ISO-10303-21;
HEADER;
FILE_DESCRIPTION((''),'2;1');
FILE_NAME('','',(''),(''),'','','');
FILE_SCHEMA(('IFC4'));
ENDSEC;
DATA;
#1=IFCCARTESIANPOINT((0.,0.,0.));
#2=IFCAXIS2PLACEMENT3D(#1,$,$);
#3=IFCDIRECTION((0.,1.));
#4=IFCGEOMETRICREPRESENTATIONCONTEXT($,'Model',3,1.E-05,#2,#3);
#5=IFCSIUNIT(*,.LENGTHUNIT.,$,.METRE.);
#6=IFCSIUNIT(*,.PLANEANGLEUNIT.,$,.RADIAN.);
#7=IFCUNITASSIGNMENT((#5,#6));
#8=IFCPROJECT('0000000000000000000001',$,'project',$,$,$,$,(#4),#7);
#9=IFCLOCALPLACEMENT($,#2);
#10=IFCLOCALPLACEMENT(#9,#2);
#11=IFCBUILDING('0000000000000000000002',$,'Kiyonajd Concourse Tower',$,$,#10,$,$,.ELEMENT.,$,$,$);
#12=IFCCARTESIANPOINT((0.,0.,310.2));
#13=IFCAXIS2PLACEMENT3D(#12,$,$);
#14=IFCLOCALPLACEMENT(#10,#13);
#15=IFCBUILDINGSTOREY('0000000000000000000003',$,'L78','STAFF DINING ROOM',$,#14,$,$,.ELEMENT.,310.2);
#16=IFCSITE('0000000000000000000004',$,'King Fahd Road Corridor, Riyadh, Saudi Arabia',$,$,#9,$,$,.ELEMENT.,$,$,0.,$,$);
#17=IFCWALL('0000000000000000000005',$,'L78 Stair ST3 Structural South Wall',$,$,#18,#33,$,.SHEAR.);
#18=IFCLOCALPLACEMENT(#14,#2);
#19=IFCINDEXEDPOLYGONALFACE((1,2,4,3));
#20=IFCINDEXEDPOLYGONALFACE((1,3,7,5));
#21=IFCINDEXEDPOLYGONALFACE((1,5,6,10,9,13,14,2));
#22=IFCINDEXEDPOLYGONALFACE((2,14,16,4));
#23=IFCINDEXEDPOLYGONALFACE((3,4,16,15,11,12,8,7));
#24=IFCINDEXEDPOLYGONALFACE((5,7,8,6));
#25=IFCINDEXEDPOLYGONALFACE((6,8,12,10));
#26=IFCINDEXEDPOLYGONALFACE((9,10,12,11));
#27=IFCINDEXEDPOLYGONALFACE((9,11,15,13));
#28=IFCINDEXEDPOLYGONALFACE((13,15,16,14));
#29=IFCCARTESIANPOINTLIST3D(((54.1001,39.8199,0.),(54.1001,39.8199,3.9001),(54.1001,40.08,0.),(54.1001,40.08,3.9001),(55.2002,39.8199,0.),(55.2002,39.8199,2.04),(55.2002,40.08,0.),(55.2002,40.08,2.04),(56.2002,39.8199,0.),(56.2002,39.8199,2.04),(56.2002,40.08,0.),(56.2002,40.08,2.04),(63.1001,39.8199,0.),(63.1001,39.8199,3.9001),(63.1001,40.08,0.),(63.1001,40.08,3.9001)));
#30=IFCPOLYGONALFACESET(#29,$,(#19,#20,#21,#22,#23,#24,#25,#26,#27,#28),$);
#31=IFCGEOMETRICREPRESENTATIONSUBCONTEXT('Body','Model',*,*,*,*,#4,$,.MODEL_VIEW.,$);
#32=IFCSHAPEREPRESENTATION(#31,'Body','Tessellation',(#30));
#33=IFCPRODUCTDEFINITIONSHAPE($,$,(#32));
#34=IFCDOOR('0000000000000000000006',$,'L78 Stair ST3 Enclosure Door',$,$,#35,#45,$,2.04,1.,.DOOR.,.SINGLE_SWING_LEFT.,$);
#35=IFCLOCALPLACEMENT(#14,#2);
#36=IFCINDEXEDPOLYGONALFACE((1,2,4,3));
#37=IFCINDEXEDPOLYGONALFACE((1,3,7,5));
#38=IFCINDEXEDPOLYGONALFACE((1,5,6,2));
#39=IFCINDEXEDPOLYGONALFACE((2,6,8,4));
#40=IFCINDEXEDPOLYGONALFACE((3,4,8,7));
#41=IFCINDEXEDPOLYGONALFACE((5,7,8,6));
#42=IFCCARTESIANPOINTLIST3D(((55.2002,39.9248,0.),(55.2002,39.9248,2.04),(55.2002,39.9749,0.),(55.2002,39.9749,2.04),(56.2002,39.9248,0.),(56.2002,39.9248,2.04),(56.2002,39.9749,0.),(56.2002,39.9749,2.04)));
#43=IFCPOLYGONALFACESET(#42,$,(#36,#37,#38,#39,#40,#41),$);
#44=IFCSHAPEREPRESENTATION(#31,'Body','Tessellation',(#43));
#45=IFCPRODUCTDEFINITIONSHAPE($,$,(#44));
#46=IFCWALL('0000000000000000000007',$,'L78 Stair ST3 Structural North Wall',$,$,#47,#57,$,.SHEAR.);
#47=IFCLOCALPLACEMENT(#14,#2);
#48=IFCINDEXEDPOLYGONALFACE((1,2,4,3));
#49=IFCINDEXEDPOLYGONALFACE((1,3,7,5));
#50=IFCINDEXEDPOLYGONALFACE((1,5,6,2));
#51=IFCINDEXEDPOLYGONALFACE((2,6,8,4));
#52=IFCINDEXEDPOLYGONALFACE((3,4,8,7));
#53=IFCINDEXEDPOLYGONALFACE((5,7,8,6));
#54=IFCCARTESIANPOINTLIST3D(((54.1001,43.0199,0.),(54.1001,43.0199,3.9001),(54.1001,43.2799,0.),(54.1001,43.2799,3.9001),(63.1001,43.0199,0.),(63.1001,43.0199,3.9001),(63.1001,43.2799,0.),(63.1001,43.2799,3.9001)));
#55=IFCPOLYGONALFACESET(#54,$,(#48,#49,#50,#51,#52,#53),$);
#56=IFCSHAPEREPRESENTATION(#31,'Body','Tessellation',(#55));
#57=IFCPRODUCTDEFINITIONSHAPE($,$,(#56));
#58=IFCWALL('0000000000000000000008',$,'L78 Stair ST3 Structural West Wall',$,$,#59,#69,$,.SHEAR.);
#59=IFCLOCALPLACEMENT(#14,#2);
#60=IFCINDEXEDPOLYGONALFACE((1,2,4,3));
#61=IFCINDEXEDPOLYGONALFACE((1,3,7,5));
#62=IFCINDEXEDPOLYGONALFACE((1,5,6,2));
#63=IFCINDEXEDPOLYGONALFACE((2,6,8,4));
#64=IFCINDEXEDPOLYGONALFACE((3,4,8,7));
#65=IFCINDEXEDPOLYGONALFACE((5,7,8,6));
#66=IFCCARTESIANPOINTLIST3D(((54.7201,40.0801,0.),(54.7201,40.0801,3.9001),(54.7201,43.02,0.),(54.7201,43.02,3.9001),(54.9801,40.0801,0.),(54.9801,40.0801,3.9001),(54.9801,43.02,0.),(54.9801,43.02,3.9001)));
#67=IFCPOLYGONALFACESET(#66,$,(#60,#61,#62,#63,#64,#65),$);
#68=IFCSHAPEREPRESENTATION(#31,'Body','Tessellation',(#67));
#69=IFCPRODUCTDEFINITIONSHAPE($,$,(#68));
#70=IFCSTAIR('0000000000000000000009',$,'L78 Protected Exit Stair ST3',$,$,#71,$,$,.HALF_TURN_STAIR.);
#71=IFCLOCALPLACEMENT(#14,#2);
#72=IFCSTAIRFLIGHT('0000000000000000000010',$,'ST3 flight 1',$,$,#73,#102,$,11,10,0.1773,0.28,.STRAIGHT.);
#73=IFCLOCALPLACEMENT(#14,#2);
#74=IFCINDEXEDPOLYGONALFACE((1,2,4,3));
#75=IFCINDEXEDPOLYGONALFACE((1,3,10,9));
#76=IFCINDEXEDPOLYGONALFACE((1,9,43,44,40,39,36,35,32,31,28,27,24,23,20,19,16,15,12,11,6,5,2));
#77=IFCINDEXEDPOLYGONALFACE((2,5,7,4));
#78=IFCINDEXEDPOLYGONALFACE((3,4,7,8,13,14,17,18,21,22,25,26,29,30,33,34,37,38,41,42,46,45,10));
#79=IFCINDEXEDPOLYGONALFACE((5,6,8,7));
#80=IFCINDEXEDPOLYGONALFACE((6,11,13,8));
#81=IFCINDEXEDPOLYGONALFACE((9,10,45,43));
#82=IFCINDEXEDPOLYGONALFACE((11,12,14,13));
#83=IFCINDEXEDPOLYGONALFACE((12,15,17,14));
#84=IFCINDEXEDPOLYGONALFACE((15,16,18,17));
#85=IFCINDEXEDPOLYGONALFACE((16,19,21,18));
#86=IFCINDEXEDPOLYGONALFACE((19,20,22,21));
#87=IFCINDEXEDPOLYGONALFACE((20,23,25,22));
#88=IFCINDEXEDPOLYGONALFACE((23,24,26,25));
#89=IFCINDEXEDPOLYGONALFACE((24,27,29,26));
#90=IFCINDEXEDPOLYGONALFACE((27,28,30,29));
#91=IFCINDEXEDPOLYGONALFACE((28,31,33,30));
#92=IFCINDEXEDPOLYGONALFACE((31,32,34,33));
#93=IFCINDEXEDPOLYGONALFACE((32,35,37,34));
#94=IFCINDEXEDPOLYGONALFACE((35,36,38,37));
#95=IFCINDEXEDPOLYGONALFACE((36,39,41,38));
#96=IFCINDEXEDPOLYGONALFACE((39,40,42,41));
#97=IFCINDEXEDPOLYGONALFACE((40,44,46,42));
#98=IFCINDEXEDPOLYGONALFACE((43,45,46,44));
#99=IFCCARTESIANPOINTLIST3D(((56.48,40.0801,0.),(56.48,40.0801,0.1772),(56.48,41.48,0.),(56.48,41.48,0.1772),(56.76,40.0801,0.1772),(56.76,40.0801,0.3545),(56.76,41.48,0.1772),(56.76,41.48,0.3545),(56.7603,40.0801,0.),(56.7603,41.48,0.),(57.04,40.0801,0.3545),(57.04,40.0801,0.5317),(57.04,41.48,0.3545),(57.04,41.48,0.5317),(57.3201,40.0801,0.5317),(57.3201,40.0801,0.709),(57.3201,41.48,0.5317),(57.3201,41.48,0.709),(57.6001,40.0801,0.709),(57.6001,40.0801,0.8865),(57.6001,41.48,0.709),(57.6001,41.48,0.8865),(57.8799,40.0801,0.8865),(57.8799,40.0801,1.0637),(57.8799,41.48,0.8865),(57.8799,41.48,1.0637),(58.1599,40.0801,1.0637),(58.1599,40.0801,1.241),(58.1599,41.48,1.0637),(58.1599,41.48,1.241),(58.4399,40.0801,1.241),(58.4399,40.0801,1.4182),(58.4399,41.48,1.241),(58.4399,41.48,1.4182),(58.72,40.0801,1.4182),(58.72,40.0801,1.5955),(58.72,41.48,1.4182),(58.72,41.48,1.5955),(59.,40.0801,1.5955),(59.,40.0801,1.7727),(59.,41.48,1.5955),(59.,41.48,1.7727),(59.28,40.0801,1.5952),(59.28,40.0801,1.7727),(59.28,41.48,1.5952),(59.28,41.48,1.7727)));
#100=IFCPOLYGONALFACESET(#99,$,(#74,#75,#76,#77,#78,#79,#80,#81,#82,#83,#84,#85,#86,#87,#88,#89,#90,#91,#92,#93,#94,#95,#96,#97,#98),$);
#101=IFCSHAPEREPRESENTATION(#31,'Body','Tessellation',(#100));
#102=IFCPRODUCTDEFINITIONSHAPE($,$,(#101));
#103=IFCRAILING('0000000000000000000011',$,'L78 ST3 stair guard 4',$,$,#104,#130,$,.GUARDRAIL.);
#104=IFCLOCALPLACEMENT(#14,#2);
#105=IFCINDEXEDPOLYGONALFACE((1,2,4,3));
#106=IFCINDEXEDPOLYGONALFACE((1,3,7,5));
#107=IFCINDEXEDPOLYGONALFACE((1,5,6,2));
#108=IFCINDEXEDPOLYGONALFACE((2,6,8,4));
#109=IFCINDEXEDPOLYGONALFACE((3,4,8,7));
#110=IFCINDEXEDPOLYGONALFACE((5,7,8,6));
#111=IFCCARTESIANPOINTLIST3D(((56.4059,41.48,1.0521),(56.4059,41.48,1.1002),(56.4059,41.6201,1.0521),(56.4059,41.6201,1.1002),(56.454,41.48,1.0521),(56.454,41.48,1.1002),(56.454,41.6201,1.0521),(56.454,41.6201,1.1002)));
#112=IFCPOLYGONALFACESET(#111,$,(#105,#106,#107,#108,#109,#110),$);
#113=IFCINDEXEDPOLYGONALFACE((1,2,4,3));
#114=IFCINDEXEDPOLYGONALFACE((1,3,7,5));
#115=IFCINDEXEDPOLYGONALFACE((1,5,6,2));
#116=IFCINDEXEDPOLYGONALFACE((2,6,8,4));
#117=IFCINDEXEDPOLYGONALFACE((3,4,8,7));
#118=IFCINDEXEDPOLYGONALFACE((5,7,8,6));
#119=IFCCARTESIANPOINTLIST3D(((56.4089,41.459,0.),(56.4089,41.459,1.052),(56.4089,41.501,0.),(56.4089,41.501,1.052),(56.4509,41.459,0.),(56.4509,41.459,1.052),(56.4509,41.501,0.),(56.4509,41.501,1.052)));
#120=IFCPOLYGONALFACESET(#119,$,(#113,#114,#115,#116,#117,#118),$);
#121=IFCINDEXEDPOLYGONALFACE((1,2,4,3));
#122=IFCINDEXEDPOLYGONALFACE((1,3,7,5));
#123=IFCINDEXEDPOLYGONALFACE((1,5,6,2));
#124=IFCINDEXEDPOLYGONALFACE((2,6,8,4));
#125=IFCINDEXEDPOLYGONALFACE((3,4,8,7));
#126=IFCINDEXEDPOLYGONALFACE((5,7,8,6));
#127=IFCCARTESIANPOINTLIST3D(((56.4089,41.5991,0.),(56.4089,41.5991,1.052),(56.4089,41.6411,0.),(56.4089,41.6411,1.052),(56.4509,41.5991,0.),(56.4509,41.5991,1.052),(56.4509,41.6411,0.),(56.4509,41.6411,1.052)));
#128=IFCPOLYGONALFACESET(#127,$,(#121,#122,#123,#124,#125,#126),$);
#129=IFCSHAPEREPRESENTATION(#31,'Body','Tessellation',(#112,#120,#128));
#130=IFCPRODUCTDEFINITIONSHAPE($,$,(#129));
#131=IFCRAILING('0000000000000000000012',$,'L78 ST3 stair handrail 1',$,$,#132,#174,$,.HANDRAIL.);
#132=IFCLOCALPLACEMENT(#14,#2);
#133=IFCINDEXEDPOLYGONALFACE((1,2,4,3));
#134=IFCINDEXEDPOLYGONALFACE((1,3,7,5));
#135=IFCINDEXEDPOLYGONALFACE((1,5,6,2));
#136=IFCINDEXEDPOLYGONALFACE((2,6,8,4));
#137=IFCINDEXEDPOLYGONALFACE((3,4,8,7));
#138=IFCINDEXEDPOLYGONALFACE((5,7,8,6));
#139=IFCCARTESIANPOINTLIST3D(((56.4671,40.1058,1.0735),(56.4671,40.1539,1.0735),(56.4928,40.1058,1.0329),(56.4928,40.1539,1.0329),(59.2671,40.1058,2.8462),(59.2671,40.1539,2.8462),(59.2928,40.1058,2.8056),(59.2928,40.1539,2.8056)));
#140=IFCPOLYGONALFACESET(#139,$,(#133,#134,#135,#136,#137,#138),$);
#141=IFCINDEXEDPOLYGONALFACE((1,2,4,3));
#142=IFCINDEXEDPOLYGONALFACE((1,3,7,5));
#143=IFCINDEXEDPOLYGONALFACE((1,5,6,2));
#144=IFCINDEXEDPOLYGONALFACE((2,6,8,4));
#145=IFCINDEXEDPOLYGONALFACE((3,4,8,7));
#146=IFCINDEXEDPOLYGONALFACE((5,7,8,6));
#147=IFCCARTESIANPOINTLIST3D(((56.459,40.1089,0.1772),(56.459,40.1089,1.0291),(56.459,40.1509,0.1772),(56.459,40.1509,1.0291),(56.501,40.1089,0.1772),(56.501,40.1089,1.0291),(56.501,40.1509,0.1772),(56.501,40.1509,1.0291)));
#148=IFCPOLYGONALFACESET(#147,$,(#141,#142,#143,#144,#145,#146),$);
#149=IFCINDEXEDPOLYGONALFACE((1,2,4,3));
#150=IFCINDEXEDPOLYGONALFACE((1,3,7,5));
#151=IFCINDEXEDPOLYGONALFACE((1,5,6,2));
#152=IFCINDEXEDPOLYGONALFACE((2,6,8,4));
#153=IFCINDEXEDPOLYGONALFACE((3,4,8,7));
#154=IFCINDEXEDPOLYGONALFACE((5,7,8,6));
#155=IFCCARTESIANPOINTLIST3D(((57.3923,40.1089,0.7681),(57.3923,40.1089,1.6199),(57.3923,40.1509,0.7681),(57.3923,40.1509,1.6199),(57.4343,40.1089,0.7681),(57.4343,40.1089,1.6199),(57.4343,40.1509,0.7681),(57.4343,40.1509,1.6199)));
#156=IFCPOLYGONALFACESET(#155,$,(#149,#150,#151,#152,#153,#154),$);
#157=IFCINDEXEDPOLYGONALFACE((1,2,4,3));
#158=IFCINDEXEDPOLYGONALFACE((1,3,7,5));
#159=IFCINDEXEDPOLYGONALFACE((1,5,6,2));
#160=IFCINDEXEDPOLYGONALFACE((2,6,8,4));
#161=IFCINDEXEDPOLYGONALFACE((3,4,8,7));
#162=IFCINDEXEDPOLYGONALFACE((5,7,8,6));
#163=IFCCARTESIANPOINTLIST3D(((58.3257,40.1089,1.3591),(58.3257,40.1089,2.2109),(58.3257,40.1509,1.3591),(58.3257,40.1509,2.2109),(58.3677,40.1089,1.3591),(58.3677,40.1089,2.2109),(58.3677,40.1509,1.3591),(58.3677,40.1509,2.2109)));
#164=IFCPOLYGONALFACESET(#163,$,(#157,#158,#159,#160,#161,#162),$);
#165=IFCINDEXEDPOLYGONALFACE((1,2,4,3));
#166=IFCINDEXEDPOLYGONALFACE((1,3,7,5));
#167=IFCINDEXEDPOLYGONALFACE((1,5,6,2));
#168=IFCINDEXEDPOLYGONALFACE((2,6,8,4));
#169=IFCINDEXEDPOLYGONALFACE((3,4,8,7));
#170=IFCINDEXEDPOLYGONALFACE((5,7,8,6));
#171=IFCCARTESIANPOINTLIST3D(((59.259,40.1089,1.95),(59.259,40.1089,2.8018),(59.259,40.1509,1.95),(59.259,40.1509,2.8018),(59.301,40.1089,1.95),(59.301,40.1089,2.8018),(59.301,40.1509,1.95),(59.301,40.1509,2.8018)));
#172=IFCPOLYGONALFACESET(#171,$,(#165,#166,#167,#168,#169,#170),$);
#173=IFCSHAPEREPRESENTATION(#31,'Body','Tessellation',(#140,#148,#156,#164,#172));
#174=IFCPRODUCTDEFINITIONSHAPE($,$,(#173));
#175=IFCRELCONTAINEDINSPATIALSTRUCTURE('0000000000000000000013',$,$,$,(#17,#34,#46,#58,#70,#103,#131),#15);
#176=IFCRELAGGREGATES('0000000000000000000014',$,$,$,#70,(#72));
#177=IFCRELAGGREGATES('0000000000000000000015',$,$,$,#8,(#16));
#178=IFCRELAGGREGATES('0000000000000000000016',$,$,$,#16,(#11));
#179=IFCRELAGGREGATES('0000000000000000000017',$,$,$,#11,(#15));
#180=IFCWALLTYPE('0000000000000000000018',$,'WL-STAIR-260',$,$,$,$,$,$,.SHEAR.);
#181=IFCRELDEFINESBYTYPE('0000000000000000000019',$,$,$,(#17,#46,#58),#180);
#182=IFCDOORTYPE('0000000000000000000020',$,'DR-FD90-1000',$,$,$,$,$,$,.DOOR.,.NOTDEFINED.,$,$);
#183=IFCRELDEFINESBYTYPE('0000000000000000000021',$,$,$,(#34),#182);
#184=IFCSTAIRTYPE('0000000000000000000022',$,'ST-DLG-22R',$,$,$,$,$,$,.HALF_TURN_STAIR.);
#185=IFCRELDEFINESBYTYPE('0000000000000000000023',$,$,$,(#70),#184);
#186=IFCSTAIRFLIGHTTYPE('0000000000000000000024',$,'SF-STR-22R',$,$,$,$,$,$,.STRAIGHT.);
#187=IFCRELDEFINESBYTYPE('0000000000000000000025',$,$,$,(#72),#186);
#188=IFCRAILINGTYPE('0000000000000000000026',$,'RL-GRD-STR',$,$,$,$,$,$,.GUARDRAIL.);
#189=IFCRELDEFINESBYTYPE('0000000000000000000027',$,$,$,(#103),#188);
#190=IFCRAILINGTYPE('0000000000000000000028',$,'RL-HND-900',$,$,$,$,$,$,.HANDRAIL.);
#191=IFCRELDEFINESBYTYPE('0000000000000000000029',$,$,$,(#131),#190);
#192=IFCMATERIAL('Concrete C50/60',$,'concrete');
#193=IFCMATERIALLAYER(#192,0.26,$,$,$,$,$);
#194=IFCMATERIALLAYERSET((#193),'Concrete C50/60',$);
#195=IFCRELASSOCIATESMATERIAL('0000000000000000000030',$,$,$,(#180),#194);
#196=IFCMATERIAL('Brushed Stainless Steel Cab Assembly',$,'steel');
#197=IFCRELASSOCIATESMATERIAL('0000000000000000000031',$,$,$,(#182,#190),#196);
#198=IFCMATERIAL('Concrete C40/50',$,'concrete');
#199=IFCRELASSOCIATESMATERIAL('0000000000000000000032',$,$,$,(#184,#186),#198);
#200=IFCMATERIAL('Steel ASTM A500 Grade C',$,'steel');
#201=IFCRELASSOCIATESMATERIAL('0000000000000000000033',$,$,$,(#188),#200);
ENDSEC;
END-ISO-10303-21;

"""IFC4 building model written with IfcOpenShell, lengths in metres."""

from ifc_helpers import new_model, si_unit, direction, frame, frame_2d, origin, origin_2d, place, context, subcontext, project, spatial, polyline, rectangle, outline, extrude, material, layer, layer_set, type_object, element, fill, aggregate, save


model = new_model("IFC4")

# Units and contexts
model_context = context("Model", 3, precision=1e-05, world=origin(), true_north=direction((0.0, 1.0)))
body_context = subcontext(model_context, "Body", "Model", "MODEL_VIEW")
ifc_project = project(units=[si_unit("LENGTHUNIT", "METRE"), si_unit("PLANEANGLEUNIT", "RADIAN")], contexts=[model_context])

# Site, building, storey
site_placement = place(None, origin())
site = spatial("IfcSite", under=ifc_project, at=site_placement, Name="King Fahd Road Corridor, Riyadh, Saudi Arabia", CompositionType="ELEMENT", RefElevation=0.0)
building_placement = place(site_placement, origin())
building = spatial("IfcBuilding", under=site, at=building_placement, Name="Kiyonajd Concourse Tower", CompositionType="ELEMENT")
storey_placement = place(building_placement, frame((0.0, 0.0, 310.2)))
storey = spatial("IfcBuildingStorey", under=building, at=storey_placement, Name="L78", Description="STAFF DINING ROOM", CompositionType="ELEMENT", Elevation=310.2)

# Shared definitions
ifc_material_1 = material(Name="Concrete C50/60", Category="concrete")

# Wall, opening, door
ifc_layer_1 = layer(ifc_material_1, 0.26)
ifc_layer_set_1 = layer_set([ifc_layer_1], Name="Concrete C50/60")
wall_type_1 = type_object("IfcWallType", Name="WL-STAIR-260", PredefinedType="SHEAR", material=ifc_layer_set_1)
wall_1_placement = place(storey_placement, frame((54.1001, 39.95, 0.0), z_axis=(0.0, 0.0, 1.0), x_axis=(1.0, 0.0, 0.0)))
wall_1 = element("IfcWall", 1, at=wall_1_placement, inside=storey, type_object=wall_type_1, Name="L78 Stair ST3 Structural South Wall", PredefinedType="SHEAR", context=body_context, shape_type="SweptSolid", body=[
    extrude(rectangle(XDim=9.0, YDim=0.26, at=frame_2d((4.5, 0.0))), origin(), (0.0, 0.0, 1.0), 3.9001),
])
opening_1_placement = place(wall_1_placement, frame((1.1001, 0.0, 0.0)))
opening_1 = element("IfcOpeningElement", 2, at=opening_1_placement, cuts=wall_1, PredefinedType="OPENING", context=body_context, shape_type="SweptSolid", body=[
    extrude(rectangle(XDim=1.0, YDim=2.04, at=frame_2d((0.5, 1.02))), frame((0.0, 0.1399, 0.0), z_axis=(0.0, -1.0, 0.0), x_axis=(1.0, 0.0, 0.0)), (0.0, 0.0, 1.0), 0.28),
])
ifc_material_2 = material(Name="Brushed Stainless Steel Cab Assembly", Category="steel")
door_type_1 = type_object("IfcDoorType", Name="DR-FD90-1000", OperationType="NOTDEFINED", PredefinedType="DOOR", material=ifc_material_2)
door_1_placement = place(opening_1_placement, origin())
door_1 = element("IfcDoor", 3, at=door_1_placement, inside=storey, type_object=door_type_1, Name="L78 Stair ST3 Enclosure Door", OperationType="SINGLE_SWING_LEFT", OverallHeight=2.04, OverallWidth=1.0, PredefinedType="DOOR", context=body_context, shape_type="SweptSolid", body=[
    extrude(rectangle(XDim=1.0, YDim=2.04, at=frame_2d((0.5, 1.02))), frame((0.0, 0.0249, 0.0), z_axis=(0.0, -1.0, 0.0), x_axis=(1.0, 0.0, 0.0)), (0.0, 0.0, 1.0), 0.05),
])
fill(opening_1, door_1)

# Walls
wall_2_placement = place(storey_placement, frame((54.1001, 43.1499, 0.0), z_axis=(0.0, 0.0, 1.0), x_axis=(1.0, 0.0, 0.0)))
element("IfcWall", 4, at=wall_2_placement, inside=storey, type_object=wall_type_1, Name="L78 Stair ST3 Structural North Wall", PredefinedType="SHEAR", context=body_context, shape_type="SweptSolid", body=[
    extrude(rectangle(XDim=9.0, YDim=0.26, at=frame_2d((4.5, 0.0))), origin(), (0.0, 0.0, 1.0), 3.9001),
])
wall_3_placement = place(storey_placement, frame((54.8501, 40.0801, 0.0), z_axis=(0.0, 0.0, 1.0), x_axis=(0.0, 1.0, 0.0)))
element("IfcWall", 5, at=wall_3_placement, inside=storey, type_object=wall_type_1, Name="L78 Stair ST3 Structural West Wall", PredefinedType="SHEAR", context=body_context, shape_type="SweptSolid", body=[
    extrude(rectangle(XDim=2.9399, YDim=0.26, at=frame_2d((1.47, 0.0))), origin(), (0.0, 0.0, 1.0), 3.9001),
])

# Stair, stair flight
ifc_material_3 = material(Name="Concrete C40/50", Category="concrete")
stair_type = type_object("IfcStairType", Name="ST-DLG-22R", PredefinedType="HALF_TURN_STAIR", material=ifc_material_3)
stair_placement = place(storey_placement, origin())
stair = element("IfcStair", 6, at=stair_placement, inside=storey, type_object=stair_type, Name="L78 Protected Exit Stair ST3", PredefinedType="HALF_TURN_STAIR")
stair_flight_type = type_object("IfcStairFlightType", Name="SF-STR-22R", PredefinedType="STRAIGHT", material=ifc_material_3)
stair_flight_placement = place(storey_placement, frame((56.48, 40.78, 0.0), z_axis=(0.0, 0.0, 1.0), x_axis=(1.0, 0.0, 0.0)))
stair_flight = element("IfcStairFlight", 7, at=stair_flight_placement, type_object=stair_flight_type, Name="ST3 flight 1", NumberOfRisers=11, NumberOfTreads=10, PredefinedType="STRAIGHT", RiserHeight=0.1773, TreadLength=0.28, context=body_context, shape_type="SweptSolid", body=[
    extrude(outline(polyline([(0.0, 0.0), (0.0, 0.1772), (0.28, 0.1772), (0.28, 0.3545), (0.5601, 0.3545), (0.5601, 0.5317), (0.8401, 0.5317), (0.8401, 0.709), (1.1201, 0.709), (1.1201, 0.8865), (1.3999, 0.8865), (1.3999, 1.0637), (1.6799, 1.0637), (1.6799, 1.241), (1.96, 1.241), (1.96, 1.4182), (2.24, 1.4182), (2.24, 1.5955), (2.52, 1.5955), (2.52, 1.7727), (2.8, 1.7727), (2.8, 1.95), (2.8, 1.5952), (0.2803, 0.0), (0.0, 0.0)])), frame((0.0, 0.7, 0.0), z_axis=(0.0, -1.0, 0.0), x_axis=(1.0, 0.0, 0.0)), (0.0, 0.0, 1.0), 1.3999),
])
aggregate(stair, [stair_flight])

# Railings
ifc_material_4 = material(Name="Steel ASTM A500 Grade C", Category="steel")
railing_type_1 = type_object("IfcRailingType", Name="RL-GRD-STR", PredefinedType="GUARDRAIL", material=ifc_material_4)
railing_1_placement = place(storey_placement, frame((56.4299, 41.48, 0.0)))
element("IfcRailing", 8, at=railing_1_placement, inside=storey, type_object=railing_type_1, Name="L78 ST3 stair guard 4", PredefinedType="GUARDRAIL", context=body_context, shape_type="SweptSolid", body=[
    extrude(rectangle(XDim=0.0481, YDim=0.0481, at=origin_2d()), frame((0.0, 0.0, 1.0762), z_axis=(0.0, 1.0, 0.0), x_axis=(-1.0, 0.0, 0.0)), (0.0, 0.0, 1.0), 0.1401),
    extrude(rectangle(XDim=0.042, YDim=0.042, at=origin_2d()), origin(), (0.0, 0.0, 1.0), 1.052),
    extrude(rectangle(XDim=0.042, YDim=0.042, at=origin_2d()), frame((0.0, 0.1401, 0.0)), (0.0, 0.0, 1.0), 1.052),
])
railing_type_2 = type_object("IfcRailingType", Name="RL-HND-900", PredefinedType="HANDRAIL", material=ifc_material_2)
railing_2_placement = place(storey_placement, frame((56.48, 40.1299, 0.1772)))
element("IfcRailing", 9, at=railing_2_placement, inside=storey, type_object=railing_type_2, Name="L78 ST3 stair handrail 1", PredefinedType="HANDRAIL", context=body_context, shape_type="SweptSolid", body=[
    extrude(rectangle(XDim=0.0481, YDim=0.0481, at=origin_2d()), frame((0.0, 0.0, 0.876), z_axis=(0.844909, 0.0, 0.53491), x_axis=(0.0, 1.0, 0.0)), (0.0, 0.0, 1.0), 3.314),
    extrude(rectangle(XDim=0.042, YDim=0.042, at=origin_2d()), origin(), (0.0, 0.0, 1.0), 0.8518),
    extrude(rectangle(XDim=0.042, YDim=0.042, at=origin_2d()), frame((0.9333, 0.0, 0.5908)), (0.0, 0.0, 1.0), 0.8518),
    extrude(rectangle(XDim=0.042, YDim=0.042, at=origin_2d()), frame((1.8667, 0.0, 1.1819)), (0.0, 0.0, 1.0), 0.8518),
    extrude(rectangle(XDim=0.042, YDim=0.042, at=origin_2d()), frame((2.8, 0.0, 1.7727)), (0.0, 0.0, 1.0), 0.8518),
])

save(model, "model.ifc")
